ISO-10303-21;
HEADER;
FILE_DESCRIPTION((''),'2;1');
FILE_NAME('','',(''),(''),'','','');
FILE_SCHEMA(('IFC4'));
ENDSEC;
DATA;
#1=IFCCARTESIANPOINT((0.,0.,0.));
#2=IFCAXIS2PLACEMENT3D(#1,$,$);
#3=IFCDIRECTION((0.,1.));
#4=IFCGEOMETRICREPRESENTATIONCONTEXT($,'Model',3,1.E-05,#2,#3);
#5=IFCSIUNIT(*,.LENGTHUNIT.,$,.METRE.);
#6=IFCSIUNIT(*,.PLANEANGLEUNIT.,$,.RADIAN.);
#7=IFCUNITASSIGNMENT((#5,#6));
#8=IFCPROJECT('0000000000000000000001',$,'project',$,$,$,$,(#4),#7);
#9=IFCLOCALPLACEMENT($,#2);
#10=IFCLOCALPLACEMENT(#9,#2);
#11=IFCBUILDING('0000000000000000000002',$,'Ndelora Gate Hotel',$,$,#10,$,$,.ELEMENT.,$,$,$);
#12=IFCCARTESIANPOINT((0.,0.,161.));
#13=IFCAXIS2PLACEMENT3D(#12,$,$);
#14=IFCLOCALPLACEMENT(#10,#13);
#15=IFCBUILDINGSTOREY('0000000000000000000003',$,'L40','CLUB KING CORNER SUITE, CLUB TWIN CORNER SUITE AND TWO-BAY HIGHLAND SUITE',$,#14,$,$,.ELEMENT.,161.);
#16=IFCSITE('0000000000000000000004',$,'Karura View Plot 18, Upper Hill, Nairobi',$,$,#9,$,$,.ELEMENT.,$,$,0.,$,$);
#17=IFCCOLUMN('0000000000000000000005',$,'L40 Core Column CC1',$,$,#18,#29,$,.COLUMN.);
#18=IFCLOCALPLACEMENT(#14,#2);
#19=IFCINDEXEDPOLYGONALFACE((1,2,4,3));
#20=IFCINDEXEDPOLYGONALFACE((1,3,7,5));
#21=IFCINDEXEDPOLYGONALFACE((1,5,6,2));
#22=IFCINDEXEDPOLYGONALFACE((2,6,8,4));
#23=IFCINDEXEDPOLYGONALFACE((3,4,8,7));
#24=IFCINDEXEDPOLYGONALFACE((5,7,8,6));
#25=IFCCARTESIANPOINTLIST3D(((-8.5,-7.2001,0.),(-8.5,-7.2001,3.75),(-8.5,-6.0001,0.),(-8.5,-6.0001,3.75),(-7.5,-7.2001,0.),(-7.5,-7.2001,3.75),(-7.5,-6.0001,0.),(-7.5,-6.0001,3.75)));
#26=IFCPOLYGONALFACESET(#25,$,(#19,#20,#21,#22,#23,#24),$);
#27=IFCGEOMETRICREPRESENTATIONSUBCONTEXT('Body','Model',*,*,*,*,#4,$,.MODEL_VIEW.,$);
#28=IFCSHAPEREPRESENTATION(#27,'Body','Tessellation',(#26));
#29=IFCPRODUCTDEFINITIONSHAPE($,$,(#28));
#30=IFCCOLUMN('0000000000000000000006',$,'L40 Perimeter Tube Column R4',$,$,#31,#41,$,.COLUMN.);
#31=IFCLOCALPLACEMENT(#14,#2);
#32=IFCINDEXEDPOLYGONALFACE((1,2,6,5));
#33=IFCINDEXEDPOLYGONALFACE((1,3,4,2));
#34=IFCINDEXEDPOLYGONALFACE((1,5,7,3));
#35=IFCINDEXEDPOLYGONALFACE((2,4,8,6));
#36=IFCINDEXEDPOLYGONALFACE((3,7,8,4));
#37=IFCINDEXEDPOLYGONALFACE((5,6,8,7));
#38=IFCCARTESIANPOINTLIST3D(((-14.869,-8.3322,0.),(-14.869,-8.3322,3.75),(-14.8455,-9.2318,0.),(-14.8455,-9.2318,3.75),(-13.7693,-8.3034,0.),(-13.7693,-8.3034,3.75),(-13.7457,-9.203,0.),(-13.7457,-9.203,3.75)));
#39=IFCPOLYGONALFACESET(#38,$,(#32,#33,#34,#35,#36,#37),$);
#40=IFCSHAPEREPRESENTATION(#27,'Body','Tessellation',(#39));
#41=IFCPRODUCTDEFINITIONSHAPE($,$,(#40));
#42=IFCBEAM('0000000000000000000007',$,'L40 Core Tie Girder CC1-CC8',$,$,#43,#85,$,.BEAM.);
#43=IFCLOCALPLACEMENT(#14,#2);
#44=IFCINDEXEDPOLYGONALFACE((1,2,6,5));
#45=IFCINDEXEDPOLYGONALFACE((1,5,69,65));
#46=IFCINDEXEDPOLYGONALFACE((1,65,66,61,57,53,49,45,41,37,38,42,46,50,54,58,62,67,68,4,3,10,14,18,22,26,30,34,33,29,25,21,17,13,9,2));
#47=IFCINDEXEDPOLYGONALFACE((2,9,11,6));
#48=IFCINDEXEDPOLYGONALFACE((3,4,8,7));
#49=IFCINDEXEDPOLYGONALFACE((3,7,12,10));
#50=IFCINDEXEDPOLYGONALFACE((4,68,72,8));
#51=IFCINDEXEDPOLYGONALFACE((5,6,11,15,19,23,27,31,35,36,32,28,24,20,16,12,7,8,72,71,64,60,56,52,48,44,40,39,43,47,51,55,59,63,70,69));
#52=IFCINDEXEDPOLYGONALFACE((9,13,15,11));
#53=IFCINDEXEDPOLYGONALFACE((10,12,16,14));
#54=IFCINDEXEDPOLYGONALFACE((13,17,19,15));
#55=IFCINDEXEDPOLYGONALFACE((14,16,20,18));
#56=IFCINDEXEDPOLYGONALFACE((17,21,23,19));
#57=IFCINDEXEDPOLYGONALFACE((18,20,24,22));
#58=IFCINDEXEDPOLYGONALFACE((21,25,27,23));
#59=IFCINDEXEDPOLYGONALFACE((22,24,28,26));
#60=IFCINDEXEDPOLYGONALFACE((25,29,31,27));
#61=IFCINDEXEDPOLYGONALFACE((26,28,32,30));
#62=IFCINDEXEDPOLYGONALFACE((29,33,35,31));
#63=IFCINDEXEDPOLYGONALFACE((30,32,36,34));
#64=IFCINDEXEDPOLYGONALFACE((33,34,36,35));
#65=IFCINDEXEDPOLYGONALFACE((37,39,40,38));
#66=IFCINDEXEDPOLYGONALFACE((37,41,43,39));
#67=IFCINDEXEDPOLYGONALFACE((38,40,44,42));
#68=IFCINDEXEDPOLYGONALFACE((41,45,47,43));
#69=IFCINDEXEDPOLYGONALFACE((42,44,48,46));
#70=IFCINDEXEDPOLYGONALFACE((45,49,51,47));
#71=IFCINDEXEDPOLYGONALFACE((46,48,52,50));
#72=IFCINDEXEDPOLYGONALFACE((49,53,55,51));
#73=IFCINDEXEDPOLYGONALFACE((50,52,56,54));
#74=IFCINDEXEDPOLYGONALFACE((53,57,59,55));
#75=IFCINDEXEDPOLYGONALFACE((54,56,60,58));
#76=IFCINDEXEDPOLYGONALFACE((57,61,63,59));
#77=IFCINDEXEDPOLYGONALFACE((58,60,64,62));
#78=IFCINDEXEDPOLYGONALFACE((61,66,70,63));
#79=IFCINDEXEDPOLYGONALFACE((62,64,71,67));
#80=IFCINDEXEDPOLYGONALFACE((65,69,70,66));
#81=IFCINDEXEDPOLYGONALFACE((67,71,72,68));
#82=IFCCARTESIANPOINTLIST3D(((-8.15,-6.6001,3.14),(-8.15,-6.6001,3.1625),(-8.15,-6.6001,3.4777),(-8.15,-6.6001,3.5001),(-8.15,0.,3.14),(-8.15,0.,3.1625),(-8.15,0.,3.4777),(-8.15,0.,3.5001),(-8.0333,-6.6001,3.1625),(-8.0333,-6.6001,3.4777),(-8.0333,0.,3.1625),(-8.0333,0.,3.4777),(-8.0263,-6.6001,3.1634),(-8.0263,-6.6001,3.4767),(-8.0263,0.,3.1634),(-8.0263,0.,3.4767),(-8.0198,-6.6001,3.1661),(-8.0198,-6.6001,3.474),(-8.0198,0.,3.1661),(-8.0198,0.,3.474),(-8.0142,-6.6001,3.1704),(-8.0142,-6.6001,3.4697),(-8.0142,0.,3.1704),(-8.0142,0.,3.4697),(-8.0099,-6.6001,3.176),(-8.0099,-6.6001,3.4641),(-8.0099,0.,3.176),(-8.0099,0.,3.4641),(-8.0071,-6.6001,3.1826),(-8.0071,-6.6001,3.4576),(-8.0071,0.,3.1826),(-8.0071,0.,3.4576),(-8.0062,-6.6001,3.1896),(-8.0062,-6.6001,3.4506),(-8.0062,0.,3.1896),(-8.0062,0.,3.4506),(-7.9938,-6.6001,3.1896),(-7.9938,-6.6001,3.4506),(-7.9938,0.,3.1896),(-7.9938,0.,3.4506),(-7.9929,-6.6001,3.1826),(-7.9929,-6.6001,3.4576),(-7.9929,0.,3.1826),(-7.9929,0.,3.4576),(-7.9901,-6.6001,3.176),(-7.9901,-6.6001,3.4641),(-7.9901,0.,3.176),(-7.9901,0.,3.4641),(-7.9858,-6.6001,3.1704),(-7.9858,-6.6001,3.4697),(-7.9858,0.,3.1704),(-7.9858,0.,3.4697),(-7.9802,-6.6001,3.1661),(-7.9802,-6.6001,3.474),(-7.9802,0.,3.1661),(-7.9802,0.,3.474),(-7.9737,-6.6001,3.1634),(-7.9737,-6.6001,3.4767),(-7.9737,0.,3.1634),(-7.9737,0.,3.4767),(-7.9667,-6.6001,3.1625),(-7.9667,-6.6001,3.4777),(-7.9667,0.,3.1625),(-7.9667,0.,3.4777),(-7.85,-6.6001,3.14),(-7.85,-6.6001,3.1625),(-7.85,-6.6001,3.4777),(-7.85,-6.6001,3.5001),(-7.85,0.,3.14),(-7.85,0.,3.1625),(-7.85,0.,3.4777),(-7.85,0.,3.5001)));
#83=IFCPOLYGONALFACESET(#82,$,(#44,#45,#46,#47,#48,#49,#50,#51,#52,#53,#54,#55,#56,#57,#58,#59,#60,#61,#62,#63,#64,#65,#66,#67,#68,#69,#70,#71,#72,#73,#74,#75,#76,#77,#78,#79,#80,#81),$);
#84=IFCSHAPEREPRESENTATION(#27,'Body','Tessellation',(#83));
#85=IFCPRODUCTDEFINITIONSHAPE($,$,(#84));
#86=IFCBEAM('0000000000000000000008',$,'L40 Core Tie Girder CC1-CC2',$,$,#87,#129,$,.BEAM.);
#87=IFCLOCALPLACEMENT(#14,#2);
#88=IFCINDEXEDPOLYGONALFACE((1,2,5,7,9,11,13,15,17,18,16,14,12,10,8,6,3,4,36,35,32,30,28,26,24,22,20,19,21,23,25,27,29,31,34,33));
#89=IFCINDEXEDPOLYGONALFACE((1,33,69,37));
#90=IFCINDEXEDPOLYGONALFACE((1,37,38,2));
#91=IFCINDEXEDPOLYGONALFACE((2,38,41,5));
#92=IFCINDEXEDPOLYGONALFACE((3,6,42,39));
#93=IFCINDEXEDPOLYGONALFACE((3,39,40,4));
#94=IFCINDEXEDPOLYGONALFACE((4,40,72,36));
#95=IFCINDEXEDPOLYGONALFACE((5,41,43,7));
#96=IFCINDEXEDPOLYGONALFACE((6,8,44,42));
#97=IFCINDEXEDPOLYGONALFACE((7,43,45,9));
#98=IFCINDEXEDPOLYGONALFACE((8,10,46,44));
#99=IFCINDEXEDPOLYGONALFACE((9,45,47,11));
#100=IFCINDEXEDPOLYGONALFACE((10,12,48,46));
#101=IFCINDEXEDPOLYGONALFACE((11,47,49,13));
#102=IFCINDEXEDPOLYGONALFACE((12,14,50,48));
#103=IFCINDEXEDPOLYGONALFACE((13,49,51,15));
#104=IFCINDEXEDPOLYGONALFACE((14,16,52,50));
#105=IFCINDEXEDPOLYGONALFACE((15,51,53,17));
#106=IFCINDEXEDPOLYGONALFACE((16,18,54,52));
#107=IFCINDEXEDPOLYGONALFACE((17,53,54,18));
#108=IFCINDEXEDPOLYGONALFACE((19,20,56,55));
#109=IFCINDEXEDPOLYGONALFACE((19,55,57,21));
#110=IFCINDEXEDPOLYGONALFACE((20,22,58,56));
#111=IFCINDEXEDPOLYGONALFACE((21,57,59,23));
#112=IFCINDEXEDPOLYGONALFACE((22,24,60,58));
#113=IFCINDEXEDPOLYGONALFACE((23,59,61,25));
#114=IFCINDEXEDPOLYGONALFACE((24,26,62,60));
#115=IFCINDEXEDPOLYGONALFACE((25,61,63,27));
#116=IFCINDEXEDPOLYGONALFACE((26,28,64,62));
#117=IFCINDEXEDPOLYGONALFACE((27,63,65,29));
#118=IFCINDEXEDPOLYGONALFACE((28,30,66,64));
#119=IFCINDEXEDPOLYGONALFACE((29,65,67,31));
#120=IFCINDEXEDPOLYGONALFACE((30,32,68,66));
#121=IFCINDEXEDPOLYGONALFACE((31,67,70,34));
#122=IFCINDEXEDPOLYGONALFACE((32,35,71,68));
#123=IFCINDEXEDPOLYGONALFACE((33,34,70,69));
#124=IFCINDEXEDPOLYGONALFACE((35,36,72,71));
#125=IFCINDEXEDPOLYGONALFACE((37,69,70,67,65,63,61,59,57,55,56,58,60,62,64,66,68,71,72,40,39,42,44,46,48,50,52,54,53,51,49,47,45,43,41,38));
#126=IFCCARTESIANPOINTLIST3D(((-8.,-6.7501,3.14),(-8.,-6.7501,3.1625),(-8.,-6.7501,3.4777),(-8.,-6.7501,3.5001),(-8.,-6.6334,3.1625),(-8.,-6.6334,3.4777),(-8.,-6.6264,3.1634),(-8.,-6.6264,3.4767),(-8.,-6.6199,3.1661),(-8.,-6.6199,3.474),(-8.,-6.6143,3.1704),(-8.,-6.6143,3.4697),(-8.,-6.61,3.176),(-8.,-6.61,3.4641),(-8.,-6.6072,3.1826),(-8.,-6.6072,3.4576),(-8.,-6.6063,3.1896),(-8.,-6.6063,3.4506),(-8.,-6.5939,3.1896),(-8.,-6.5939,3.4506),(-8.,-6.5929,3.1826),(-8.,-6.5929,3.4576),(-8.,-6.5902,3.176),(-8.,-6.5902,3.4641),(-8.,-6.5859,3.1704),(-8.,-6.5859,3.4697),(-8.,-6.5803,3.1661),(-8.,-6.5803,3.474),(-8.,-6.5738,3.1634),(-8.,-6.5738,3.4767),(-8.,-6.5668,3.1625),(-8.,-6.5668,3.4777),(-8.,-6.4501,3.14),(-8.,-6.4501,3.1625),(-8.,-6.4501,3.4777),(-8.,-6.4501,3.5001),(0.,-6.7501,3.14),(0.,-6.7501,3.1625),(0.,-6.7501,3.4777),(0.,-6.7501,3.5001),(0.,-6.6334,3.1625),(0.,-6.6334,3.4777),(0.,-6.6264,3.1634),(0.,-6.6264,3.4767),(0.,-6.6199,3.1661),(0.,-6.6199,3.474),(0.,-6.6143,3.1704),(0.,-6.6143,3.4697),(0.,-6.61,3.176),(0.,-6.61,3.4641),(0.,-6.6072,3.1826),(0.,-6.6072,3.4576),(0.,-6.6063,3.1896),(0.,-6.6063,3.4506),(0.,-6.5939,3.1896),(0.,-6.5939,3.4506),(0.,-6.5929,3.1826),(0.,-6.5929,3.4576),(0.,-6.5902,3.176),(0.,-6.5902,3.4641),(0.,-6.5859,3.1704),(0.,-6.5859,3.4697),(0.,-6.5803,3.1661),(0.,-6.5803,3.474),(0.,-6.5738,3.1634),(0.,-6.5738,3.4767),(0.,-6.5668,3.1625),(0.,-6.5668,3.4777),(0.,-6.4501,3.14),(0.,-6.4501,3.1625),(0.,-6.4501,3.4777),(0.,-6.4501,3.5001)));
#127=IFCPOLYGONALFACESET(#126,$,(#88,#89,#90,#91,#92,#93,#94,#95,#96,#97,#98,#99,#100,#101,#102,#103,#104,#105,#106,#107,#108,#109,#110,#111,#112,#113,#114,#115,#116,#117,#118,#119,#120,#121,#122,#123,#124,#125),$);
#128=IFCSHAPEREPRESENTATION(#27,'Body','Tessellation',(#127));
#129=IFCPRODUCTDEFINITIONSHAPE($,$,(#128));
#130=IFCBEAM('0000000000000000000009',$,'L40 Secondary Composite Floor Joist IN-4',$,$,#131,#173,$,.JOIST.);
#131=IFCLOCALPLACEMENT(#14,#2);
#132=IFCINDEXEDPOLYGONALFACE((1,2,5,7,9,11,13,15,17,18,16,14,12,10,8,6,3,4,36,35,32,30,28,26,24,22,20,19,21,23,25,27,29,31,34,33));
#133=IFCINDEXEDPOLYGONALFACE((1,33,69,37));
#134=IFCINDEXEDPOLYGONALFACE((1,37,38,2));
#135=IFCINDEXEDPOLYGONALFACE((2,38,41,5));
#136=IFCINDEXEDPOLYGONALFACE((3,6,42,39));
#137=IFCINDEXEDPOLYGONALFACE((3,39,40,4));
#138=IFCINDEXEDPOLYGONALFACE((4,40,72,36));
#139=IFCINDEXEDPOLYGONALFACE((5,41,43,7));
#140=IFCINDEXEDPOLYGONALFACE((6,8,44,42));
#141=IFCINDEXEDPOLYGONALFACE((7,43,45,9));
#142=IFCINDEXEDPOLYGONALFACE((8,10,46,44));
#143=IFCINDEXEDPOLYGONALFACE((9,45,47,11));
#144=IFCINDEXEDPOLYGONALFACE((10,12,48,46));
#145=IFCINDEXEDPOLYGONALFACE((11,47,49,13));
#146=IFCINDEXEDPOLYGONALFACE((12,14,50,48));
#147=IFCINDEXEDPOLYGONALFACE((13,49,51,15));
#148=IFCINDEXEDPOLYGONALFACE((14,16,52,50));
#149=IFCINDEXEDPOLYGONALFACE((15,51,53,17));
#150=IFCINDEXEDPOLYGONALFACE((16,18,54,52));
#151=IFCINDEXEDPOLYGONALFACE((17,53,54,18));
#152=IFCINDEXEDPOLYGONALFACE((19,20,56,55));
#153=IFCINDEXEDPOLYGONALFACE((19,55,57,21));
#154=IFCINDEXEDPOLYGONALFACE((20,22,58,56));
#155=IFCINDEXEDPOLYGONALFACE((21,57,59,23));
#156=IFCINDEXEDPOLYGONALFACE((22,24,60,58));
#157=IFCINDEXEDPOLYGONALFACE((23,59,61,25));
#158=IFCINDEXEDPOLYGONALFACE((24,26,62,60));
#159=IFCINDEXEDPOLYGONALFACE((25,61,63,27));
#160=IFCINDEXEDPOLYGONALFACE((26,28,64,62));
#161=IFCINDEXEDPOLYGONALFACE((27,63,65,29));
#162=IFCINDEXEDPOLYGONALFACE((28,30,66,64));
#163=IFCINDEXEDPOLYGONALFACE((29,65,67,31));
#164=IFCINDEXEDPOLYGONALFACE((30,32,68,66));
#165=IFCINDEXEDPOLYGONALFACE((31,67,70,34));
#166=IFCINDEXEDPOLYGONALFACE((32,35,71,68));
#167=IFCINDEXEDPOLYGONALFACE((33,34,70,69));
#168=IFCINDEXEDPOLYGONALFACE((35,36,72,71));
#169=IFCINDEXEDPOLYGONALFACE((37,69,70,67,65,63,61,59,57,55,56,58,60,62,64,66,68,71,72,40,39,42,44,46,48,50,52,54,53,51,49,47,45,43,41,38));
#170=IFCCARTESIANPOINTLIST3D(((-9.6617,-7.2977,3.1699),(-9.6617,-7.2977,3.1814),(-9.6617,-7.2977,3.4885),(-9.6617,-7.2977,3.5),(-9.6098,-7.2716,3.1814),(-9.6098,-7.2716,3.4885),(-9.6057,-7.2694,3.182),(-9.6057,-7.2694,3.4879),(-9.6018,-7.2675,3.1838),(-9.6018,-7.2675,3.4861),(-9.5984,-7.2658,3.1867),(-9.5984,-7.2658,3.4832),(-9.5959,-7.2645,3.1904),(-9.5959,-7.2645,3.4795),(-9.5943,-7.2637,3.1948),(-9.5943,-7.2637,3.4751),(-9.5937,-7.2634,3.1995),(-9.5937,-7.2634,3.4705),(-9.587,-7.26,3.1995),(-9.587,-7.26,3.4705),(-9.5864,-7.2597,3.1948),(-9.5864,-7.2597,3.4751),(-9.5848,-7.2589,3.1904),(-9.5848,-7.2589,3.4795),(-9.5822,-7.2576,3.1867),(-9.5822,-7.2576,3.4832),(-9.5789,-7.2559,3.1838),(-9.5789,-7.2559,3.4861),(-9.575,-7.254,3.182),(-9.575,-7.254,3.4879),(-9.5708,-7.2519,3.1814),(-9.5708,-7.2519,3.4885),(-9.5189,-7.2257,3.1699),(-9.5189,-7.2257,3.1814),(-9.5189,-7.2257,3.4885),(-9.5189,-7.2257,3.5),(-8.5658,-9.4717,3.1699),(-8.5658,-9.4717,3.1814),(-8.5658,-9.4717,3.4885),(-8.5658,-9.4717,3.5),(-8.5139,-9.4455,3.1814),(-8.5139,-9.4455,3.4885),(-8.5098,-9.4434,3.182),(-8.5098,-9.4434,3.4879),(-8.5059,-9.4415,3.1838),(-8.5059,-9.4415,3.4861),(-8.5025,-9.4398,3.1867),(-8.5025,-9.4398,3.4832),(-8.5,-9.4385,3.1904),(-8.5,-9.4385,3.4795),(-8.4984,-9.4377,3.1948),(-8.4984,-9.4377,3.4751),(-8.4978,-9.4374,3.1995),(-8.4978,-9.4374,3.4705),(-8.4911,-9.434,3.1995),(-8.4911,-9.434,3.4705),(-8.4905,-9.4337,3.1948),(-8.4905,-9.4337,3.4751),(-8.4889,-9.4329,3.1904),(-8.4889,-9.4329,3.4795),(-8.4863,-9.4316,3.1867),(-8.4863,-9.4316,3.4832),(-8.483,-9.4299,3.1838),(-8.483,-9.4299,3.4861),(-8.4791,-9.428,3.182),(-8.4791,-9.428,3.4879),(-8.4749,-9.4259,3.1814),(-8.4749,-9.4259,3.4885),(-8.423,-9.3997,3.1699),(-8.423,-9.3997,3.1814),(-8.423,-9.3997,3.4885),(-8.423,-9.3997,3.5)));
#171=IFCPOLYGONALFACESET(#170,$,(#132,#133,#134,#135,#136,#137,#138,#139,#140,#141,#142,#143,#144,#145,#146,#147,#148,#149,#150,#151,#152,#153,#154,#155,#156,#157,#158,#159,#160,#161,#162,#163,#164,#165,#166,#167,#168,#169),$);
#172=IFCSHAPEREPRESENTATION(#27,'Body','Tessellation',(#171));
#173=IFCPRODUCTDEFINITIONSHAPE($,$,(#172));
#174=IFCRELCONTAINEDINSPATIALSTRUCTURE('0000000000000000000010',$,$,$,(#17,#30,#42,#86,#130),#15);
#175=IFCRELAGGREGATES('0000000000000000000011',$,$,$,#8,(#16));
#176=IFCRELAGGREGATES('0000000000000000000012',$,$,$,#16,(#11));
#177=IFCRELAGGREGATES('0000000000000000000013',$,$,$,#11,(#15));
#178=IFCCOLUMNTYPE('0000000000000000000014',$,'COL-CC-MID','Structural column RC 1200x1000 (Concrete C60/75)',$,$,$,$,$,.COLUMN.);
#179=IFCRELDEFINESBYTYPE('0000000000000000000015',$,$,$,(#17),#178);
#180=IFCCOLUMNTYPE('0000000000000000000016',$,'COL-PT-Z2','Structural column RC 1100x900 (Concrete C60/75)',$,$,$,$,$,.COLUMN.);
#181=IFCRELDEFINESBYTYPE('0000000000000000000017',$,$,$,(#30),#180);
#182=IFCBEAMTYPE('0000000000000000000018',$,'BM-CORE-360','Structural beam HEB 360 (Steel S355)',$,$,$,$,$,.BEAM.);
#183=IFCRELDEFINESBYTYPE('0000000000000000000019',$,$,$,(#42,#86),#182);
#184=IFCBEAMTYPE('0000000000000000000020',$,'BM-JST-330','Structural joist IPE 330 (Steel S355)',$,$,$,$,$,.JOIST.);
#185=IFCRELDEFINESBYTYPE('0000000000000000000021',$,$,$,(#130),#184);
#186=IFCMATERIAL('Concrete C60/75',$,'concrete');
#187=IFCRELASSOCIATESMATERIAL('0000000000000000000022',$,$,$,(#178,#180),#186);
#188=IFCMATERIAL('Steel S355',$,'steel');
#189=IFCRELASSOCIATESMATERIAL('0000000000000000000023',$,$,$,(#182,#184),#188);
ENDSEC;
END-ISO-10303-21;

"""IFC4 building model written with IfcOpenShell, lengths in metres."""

from ifc_helpers import new_model, si_unit, direction, frame, origin, origin_2d, place, context, subcontext, project, spatial, rectangle, i_section, extrude, material, material_profile, profile_set, type_object, element, save


model = new_model("IFC4")

# Units and contexts
model_context = context("Model", 3, precision=1e-05, world=origin(), true_north=direction((0.0, 1.0)))
body_context = subcontext(model_context, "Body", "Model", "MODEL_VIEW")
ifc_project = project(units=[si_unit("LENGTHUNIT", "METRE"), si_unit("PLANEANGLEUNIT", "RADIAN")], contexts=[model_context])

# Site, building, storey
site_placement = place(None, origin())
site = spatial("IfcSite", under=ifc_project, at=site_placement, Name="Karura View Plot 18, Upper Hill, Nairobi", CompositionType="ELEMENT", RefElevation=0.0)
building_placement = place(site_placement, origin())
building = spatial("IfcBuilding", under=site, at=building_placement, Name="Ndelora Gate Hotel", CompositionType="ELEMENT")
storey_placement = place(building_placement, frame((0.0, 0.0, 161.0)))
storey = spatial("IfcBuildingStorey", under=building, at=storey_placement, Name="L40", Description="CLUB KING CORNER SUITE, CLUB TWIN CORNER SUITE AND TWO-BAY HIGHLAND SUITE", CompositionType="ELEMENT", Elevation=161.0)

# Columns
ifc_material_1 = material(Name="Concrete C60/75", Category="concrete")
ifc_material_profile_1 = material_profile(ifc_material_1, rectangle(XDim=1.0, YDim=1.2, at=origin_2d()), Name="RC 1200x1000")
ifc_profile_set_1 = profile_set([ifc_material_profile_1], Name="Concrete C60/75")
column_type_1 = type_object("IfcColumnType", Name="COL-CC-MID", Description="Structural column RC 1200x1000 (Concrete C60/75)", PredefinedType="COLUMN", material=ifc_profile_set_1)
column_1_placement = place(storey_placement, frame((-8.0, -6.6001, 0.0), z_axis=(0.0, 0.0, 1.0), x_axis=(1.0, 0.0, 0.0)))
element("IfcColumn", 1, at=column_1_placement, inside=storey, type_object=column_type_1, Name="L40 Core Column CC1", PredefinedType="COLUMN", context=body_context, shape_type="SweptSolid", body=[
    extrude(rectangle(XDim=1.0, YDim=1.2, at=origin_2d()), origin(), (0.0, 0.0, 1.0), 3.75),
])
ifc_material_profile_2 = material_profile(ifc_material_1, rectangle(XDim=0.8999, YDim=1.1001, at=origin_2d()), Name="RC 1100x900")
ifc_profile_set_2 = profile_set([ifc_material_profile_2], Name="Concrete C60/75")
column_type_2 = type_object("IfcColumnType", Name="COL-PT-Z2", Description="Structural column RC 1100x900 (Concrete C60/75)", PredefinedType="COLUMN", material=ifc_profile_set_2)
column_2_placement = place(storey_placement, frame((-14.3074, -8.7676, 0.0), z_axis=(0.0, 0.0, 1.0), x_axis=(-0.026177, 0.999657, 0.0)))
element("IfcColumn", 2, at=column_2_placement, inside=storey, type_object=column_type_2, Name="L40 Perimeter Tube Column R4", PredefinedType="COLUMN", context=body_context, shape_type="SweptSolid", body=[
    extrude(rectangle(XDim=0.8999, YDim=1.1001, at=origin_2d()), origin(), (0.0, 0.0, 1.0), 3.75),
])

# Beams
ifc_material_2 = material(Name="Steel S355", Category="steel")
ifc_material_profile_3 = material_profile(ifc_material_2, i_section(OverallWidth=0.3, OverallDepth=0.3601, WebThickness=0.0125, FlangeThickness=0.0225, FilletRadius=0.0271, at=origin_2d()), Name="HEB 360")
ifc_profile_set_3 = profile_set([ifc_material_profile_3], Name="Steel S355")
beam_type_1 = type_object("IfcBeamType", Name="BM-CORE-360", Description="Structural beam HEB 360 (Steel S355)", PredefinedType="BEAM", material=ifc_profile_set_3)
beam_1_placement = place(storey_placement, frame((-8.0, -6.6001, 3.3201), z_axis=(0.0, 1.0, 0.0), x_axis=(-1.0, 0.0, 0.0)))
element("IfcBeam", 3, at=beam_1_placement, inside=storey, type_object=beam_type_1, Name="L40 Core Tie Girder CC1-CC8", PredefinedType="BEAM", context=body_context, shape_type="SweptSolid", body=[
    extrude(i_section(OverallWidth=0.3, OverallDepth=0.3601, WebThickness=0.0125, FlangeThickness=0.0225, FilletRadius=0.0271, at=origin_2d()), origin(), (0.0, 0.0, 1.0), 6.6001),
])
beam_2_placement = place(storey_placement, frame((-8.0, -6.6001, 3.3201), z_axis=(1.0, 0.0, 0.0), x_axis=(0.0, 1.0, 0.0)))
element("IfcBeam", 4, at=beam_2_placement, inside=storey, type_object=beam_type_1, Name="L40 Core Tie Girder CC1-CC2", PredefinedType="BEAM", context=body_context, shape_type="SweptSolid", body=[
    extrude(i_section(OverallWidth=0.3, OverallDepth=0.3601, WebThickness=0.0125, FlangeThickness=0.0225, FilletRadius=0.0271, at=origin_2d()), origin(), (0.0, 0.0, 1.0), 8.0),
])
ifc_material_profile_4 = material_profile(ifc_material_2, i_section(OverallWidth=0.1599, OverallDepth=0.3301, WebThickness=0.0076, FlangeThickness=0.0115, FilletRadius=0.0181, at=origin_2d()), Name="IPE 330")
ifc_profile_set_4 = profile_set([ifc_material_profile_4], Name="Steel S355")
beam_type_2 = type_object("IfcBeamType", Name="BM-JST-330", Description="Structural joist IPE 330 (Steel S355)", PredefinedType="JOIST", material=ifc_profile_set_4)
beam_3_placement = place(storey_placement, frame((-9.5903, -7.2617, 3.335), z_axis=(0.450139, -0.892958, 0.0), x_axis=(0.892958, 0.450139, 0.0)))
element("IfcBeam", 5, at=beam_3_placement, inside=storey, type_object=beam_type_2, Name="L40 Secondary Composite Floor Joist IN-4", PredefinedType="JOIST", context=body_context, shape_type="SweptSolid", body=[
    extrude(i_section(OverallWidth=0.1599, OverallDepth=0.3301, WebThickness=0.0076, FlangeThickness=0.0115, FilletRadius=0.0181, at=origin_2d()), origin(), (0.0, 0.0, 1.0), 2.4346),
])

save(model, "model.ifc")
